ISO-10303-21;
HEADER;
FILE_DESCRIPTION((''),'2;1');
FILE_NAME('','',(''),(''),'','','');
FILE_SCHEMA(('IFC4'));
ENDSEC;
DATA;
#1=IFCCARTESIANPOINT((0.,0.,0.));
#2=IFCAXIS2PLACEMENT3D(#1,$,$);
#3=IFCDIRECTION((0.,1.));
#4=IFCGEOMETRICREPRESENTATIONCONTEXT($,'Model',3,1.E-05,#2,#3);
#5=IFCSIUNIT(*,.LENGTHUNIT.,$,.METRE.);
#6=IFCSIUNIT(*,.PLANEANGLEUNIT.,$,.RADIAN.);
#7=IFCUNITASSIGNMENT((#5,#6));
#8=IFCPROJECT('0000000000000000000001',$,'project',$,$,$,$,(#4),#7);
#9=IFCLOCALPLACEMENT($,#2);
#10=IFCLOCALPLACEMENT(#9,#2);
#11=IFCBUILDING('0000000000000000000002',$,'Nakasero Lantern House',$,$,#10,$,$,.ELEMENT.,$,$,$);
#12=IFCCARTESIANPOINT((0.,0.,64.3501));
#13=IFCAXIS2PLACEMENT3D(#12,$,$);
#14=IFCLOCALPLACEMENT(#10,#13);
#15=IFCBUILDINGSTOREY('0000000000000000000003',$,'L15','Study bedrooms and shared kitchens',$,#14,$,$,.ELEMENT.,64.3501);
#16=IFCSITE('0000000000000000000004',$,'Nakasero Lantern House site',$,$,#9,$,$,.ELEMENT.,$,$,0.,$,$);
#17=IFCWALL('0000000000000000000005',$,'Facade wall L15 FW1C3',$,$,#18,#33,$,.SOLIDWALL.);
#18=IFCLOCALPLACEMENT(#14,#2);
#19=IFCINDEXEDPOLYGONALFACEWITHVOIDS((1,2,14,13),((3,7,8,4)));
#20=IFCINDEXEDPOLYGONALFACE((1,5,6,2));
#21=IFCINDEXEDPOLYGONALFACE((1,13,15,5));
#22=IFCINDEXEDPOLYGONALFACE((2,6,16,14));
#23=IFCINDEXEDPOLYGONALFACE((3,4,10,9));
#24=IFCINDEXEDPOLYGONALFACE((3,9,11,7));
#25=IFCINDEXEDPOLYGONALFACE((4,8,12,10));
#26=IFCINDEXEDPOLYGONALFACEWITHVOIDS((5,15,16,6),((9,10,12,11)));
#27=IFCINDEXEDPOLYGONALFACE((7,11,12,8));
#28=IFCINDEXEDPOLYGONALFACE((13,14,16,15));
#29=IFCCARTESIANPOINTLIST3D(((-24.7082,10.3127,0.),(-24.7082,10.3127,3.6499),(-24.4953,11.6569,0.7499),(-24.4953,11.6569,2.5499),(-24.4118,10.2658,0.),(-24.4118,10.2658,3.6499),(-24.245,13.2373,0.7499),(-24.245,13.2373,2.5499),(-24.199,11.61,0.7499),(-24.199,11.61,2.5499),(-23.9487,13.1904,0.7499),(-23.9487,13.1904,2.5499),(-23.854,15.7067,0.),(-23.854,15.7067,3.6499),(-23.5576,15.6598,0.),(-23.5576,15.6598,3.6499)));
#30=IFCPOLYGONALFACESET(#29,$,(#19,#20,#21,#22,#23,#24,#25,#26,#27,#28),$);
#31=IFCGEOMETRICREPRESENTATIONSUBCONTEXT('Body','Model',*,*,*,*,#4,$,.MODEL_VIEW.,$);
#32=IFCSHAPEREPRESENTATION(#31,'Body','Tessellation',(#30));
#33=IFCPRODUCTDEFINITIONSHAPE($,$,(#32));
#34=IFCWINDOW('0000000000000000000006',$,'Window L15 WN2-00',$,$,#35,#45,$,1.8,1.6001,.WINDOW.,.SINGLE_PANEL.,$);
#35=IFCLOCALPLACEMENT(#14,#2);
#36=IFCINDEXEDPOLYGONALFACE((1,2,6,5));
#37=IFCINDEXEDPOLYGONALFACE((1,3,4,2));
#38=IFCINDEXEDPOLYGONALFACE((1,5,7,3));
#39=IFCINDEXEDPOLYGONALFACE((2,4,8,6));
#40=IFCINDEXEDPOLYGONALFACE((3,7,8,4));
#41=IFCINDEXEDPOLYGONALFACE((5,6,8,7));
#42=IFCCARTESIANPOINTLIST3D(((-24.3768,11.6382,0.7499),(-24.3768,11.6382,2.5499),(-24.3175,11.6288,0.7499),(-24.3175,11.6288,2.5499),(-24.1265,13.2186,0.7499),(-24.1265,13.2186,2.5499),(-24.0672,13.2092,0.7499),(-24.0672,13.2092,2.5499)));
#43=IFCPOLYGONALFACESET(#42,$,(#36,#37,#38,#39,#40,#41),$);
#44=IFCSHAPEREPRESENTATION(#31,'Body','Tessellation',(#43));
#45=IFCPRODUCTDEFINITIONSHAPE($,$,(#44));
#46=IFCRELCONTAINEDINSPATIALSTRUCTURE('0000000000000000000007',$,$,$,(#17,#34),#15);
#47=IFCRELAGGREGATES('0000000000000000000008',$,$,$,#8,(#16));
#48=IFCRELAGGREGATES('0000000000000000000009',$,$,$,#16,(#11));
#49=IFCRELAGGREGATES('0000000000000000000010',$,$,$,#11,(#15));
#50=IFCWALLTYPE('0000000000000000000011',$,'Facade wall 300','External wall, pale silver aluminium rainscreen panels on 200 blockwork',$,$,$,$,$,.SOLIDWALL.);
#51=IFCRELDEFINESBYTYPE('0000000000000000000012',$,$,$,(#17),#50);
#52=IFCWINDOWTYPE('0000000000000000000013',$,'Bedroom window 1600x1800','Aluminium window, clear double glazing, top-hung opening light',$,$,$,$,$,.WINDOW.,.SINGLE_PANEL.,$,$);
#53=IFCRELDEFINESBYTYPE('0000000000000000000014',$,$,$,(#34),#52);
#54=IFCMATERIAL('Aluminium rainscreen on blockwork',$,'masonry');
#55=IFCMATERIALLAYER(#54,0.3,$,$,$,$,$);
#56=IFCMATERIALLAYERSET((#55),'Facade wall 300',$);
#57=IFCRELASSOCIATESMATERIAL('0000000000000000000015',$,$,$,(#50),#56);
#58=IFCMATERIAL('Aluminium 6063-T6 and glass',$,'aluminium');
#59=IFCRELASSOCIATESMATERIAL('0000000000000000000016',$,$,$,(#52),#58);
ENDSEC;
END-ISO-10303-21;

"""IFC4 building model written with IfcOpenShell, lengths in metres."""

from ifc_helpers import new_model, si_unit, direction, frame, frame_2d, origin, place, context, subcontext, project, spatial, rectangle, extrude, material, layer, layer_set, type_object, element, fill, save


model = new_model("IFC4")

# Units and contexts
model_context = context("Model", 3, precision=1e-05, world=origin(), true_north=direction((0.0, 1.0)))
body_context = subcontext(model_context, "Body", "Model", "MODEL_VIEW")
ifc_project = project(units=[si_unit("LENGTHUNIT", "METRE"), si_unit("PLANEANGLEUNIT", "RADIAN")], contexts=[model_context])

# Site, building, storey
site_placement = place(None, origin())
site = spatial("IfcSite", under=ifc_project, at=site_placement, Name="Nakasero Lantern House site", CompositionType="ELEMENT", RefElevation=0.0)
building_placement = place(site_placement, origin())
building = spatial("IfcBuilding", under=site, at=building_placement, Name="Nakasero Lantern House", CompositionType="ELEMENT")
storey_placement = place(building_placement, frame((0.0, 0.0, 64.3501)))
storey = spatial("IfcBuildingStorey", under=building, at=storey_placement, Name="L15", Description="Study bedrooms and shared kitchens", CompositionType="ELEMENT", Elevation=64.3501)

# Wall, opening, window
ifc_material_1 = material(Name="Aluminium rainscreen on blockwork", Category="masonry")
ifc_layer_1 = layer(ifc_material_1, 0.3)
ifc_layer_set_1 = layer_set([ifc_layer_1], Name="Facade wall 300")
wall_type_1 = type_object("IfcWallType", Name="Facade wall 300", Description="External wall, pale silver aluminium rainscreen panels on 200 blockwork", PredefinedType="SOLIDWALL", material=ifc_layer_set_1)
wall_1_placement = place(storey_placement, frame((-23.7058, 15.6831, 0.0), z_axis=(0.0, 0.0, 1.0), x_axis=(-0.156419, -0.987691, 0.0)))
wall_1 = element("IfcWall", 1, at=wall_1_placement, inside=storey, type_object=wall_type_1, Name="Facade wall L15 FW1C3", PredefinedType="SOLIDWALL", context=body_context, shape_type="SweptSolid", body=[
    extrude(rectangle(XDim=5.4612, YDim=0.3, at=frame_2d((2.7305, 0.0))), origin(), (0.0, 0.0, 1.0), 3.6499),
])
opening_1_placement = place(wall_1_placement, frame((2.5, 0.0, 0.75)))
opening_1 = element("IfcOpeningElement", 2, at=opening_1_placement, cuts=wall_1, PredefinedType="OPENING", context=body_context, shape_type="SweptSolid", body=[
    extrude(rectangle(XDim=1.6001, YDim=1.8, at=frame_2d((0.8, 0.8999))), frame((0.0, 0.1699, 0.0), z_axis=(0.0, -1.0, 0.0), x_axis=(1.0, 0.0, 0.0)), (0.0, 0.0, 1.0), 0.3401),
])
ifc_material_2 = material(Name="Aluminium 6063-T6 and glass", Category="aluminium")
window_type_1 = type_object("IfcWindowType", Name="Bedroom window 1600x1800", Description="Aluminium window, clear double glazing, top-hung opening light", PartitioningType="SINGLE_PANEL", PredefinedType="WINDOW", material=ifc_material_2)
window_1_placement = place(opening_1_placement, origin())
window_1 = element("IfcWindow", 3, at=window_1_placement, inside=storey, type_object=window_type_1, Name="Window L15 WN2-00", OverallHeight=1.8, OverallWidth=1.6001, PartitioningType="SINGLE_PANEL", PredefinedType="WINDOW", context=body_context, shape_type="SweptSolid", body=[
    extrude(rectangle(XDim=1.6001, YDim=1.8, at=frame_2d((0.8, 0.8999))), frame((0.0, 0.03, 0.0), z_axis=(0.0, -1.0, 0.0), x_axis=(1.0, 0.0, 0.0)), (0.0, 0.0, 1.0), 0.0601),
])
fill(opening_1, window_1)

save(model, "model.ifc")
